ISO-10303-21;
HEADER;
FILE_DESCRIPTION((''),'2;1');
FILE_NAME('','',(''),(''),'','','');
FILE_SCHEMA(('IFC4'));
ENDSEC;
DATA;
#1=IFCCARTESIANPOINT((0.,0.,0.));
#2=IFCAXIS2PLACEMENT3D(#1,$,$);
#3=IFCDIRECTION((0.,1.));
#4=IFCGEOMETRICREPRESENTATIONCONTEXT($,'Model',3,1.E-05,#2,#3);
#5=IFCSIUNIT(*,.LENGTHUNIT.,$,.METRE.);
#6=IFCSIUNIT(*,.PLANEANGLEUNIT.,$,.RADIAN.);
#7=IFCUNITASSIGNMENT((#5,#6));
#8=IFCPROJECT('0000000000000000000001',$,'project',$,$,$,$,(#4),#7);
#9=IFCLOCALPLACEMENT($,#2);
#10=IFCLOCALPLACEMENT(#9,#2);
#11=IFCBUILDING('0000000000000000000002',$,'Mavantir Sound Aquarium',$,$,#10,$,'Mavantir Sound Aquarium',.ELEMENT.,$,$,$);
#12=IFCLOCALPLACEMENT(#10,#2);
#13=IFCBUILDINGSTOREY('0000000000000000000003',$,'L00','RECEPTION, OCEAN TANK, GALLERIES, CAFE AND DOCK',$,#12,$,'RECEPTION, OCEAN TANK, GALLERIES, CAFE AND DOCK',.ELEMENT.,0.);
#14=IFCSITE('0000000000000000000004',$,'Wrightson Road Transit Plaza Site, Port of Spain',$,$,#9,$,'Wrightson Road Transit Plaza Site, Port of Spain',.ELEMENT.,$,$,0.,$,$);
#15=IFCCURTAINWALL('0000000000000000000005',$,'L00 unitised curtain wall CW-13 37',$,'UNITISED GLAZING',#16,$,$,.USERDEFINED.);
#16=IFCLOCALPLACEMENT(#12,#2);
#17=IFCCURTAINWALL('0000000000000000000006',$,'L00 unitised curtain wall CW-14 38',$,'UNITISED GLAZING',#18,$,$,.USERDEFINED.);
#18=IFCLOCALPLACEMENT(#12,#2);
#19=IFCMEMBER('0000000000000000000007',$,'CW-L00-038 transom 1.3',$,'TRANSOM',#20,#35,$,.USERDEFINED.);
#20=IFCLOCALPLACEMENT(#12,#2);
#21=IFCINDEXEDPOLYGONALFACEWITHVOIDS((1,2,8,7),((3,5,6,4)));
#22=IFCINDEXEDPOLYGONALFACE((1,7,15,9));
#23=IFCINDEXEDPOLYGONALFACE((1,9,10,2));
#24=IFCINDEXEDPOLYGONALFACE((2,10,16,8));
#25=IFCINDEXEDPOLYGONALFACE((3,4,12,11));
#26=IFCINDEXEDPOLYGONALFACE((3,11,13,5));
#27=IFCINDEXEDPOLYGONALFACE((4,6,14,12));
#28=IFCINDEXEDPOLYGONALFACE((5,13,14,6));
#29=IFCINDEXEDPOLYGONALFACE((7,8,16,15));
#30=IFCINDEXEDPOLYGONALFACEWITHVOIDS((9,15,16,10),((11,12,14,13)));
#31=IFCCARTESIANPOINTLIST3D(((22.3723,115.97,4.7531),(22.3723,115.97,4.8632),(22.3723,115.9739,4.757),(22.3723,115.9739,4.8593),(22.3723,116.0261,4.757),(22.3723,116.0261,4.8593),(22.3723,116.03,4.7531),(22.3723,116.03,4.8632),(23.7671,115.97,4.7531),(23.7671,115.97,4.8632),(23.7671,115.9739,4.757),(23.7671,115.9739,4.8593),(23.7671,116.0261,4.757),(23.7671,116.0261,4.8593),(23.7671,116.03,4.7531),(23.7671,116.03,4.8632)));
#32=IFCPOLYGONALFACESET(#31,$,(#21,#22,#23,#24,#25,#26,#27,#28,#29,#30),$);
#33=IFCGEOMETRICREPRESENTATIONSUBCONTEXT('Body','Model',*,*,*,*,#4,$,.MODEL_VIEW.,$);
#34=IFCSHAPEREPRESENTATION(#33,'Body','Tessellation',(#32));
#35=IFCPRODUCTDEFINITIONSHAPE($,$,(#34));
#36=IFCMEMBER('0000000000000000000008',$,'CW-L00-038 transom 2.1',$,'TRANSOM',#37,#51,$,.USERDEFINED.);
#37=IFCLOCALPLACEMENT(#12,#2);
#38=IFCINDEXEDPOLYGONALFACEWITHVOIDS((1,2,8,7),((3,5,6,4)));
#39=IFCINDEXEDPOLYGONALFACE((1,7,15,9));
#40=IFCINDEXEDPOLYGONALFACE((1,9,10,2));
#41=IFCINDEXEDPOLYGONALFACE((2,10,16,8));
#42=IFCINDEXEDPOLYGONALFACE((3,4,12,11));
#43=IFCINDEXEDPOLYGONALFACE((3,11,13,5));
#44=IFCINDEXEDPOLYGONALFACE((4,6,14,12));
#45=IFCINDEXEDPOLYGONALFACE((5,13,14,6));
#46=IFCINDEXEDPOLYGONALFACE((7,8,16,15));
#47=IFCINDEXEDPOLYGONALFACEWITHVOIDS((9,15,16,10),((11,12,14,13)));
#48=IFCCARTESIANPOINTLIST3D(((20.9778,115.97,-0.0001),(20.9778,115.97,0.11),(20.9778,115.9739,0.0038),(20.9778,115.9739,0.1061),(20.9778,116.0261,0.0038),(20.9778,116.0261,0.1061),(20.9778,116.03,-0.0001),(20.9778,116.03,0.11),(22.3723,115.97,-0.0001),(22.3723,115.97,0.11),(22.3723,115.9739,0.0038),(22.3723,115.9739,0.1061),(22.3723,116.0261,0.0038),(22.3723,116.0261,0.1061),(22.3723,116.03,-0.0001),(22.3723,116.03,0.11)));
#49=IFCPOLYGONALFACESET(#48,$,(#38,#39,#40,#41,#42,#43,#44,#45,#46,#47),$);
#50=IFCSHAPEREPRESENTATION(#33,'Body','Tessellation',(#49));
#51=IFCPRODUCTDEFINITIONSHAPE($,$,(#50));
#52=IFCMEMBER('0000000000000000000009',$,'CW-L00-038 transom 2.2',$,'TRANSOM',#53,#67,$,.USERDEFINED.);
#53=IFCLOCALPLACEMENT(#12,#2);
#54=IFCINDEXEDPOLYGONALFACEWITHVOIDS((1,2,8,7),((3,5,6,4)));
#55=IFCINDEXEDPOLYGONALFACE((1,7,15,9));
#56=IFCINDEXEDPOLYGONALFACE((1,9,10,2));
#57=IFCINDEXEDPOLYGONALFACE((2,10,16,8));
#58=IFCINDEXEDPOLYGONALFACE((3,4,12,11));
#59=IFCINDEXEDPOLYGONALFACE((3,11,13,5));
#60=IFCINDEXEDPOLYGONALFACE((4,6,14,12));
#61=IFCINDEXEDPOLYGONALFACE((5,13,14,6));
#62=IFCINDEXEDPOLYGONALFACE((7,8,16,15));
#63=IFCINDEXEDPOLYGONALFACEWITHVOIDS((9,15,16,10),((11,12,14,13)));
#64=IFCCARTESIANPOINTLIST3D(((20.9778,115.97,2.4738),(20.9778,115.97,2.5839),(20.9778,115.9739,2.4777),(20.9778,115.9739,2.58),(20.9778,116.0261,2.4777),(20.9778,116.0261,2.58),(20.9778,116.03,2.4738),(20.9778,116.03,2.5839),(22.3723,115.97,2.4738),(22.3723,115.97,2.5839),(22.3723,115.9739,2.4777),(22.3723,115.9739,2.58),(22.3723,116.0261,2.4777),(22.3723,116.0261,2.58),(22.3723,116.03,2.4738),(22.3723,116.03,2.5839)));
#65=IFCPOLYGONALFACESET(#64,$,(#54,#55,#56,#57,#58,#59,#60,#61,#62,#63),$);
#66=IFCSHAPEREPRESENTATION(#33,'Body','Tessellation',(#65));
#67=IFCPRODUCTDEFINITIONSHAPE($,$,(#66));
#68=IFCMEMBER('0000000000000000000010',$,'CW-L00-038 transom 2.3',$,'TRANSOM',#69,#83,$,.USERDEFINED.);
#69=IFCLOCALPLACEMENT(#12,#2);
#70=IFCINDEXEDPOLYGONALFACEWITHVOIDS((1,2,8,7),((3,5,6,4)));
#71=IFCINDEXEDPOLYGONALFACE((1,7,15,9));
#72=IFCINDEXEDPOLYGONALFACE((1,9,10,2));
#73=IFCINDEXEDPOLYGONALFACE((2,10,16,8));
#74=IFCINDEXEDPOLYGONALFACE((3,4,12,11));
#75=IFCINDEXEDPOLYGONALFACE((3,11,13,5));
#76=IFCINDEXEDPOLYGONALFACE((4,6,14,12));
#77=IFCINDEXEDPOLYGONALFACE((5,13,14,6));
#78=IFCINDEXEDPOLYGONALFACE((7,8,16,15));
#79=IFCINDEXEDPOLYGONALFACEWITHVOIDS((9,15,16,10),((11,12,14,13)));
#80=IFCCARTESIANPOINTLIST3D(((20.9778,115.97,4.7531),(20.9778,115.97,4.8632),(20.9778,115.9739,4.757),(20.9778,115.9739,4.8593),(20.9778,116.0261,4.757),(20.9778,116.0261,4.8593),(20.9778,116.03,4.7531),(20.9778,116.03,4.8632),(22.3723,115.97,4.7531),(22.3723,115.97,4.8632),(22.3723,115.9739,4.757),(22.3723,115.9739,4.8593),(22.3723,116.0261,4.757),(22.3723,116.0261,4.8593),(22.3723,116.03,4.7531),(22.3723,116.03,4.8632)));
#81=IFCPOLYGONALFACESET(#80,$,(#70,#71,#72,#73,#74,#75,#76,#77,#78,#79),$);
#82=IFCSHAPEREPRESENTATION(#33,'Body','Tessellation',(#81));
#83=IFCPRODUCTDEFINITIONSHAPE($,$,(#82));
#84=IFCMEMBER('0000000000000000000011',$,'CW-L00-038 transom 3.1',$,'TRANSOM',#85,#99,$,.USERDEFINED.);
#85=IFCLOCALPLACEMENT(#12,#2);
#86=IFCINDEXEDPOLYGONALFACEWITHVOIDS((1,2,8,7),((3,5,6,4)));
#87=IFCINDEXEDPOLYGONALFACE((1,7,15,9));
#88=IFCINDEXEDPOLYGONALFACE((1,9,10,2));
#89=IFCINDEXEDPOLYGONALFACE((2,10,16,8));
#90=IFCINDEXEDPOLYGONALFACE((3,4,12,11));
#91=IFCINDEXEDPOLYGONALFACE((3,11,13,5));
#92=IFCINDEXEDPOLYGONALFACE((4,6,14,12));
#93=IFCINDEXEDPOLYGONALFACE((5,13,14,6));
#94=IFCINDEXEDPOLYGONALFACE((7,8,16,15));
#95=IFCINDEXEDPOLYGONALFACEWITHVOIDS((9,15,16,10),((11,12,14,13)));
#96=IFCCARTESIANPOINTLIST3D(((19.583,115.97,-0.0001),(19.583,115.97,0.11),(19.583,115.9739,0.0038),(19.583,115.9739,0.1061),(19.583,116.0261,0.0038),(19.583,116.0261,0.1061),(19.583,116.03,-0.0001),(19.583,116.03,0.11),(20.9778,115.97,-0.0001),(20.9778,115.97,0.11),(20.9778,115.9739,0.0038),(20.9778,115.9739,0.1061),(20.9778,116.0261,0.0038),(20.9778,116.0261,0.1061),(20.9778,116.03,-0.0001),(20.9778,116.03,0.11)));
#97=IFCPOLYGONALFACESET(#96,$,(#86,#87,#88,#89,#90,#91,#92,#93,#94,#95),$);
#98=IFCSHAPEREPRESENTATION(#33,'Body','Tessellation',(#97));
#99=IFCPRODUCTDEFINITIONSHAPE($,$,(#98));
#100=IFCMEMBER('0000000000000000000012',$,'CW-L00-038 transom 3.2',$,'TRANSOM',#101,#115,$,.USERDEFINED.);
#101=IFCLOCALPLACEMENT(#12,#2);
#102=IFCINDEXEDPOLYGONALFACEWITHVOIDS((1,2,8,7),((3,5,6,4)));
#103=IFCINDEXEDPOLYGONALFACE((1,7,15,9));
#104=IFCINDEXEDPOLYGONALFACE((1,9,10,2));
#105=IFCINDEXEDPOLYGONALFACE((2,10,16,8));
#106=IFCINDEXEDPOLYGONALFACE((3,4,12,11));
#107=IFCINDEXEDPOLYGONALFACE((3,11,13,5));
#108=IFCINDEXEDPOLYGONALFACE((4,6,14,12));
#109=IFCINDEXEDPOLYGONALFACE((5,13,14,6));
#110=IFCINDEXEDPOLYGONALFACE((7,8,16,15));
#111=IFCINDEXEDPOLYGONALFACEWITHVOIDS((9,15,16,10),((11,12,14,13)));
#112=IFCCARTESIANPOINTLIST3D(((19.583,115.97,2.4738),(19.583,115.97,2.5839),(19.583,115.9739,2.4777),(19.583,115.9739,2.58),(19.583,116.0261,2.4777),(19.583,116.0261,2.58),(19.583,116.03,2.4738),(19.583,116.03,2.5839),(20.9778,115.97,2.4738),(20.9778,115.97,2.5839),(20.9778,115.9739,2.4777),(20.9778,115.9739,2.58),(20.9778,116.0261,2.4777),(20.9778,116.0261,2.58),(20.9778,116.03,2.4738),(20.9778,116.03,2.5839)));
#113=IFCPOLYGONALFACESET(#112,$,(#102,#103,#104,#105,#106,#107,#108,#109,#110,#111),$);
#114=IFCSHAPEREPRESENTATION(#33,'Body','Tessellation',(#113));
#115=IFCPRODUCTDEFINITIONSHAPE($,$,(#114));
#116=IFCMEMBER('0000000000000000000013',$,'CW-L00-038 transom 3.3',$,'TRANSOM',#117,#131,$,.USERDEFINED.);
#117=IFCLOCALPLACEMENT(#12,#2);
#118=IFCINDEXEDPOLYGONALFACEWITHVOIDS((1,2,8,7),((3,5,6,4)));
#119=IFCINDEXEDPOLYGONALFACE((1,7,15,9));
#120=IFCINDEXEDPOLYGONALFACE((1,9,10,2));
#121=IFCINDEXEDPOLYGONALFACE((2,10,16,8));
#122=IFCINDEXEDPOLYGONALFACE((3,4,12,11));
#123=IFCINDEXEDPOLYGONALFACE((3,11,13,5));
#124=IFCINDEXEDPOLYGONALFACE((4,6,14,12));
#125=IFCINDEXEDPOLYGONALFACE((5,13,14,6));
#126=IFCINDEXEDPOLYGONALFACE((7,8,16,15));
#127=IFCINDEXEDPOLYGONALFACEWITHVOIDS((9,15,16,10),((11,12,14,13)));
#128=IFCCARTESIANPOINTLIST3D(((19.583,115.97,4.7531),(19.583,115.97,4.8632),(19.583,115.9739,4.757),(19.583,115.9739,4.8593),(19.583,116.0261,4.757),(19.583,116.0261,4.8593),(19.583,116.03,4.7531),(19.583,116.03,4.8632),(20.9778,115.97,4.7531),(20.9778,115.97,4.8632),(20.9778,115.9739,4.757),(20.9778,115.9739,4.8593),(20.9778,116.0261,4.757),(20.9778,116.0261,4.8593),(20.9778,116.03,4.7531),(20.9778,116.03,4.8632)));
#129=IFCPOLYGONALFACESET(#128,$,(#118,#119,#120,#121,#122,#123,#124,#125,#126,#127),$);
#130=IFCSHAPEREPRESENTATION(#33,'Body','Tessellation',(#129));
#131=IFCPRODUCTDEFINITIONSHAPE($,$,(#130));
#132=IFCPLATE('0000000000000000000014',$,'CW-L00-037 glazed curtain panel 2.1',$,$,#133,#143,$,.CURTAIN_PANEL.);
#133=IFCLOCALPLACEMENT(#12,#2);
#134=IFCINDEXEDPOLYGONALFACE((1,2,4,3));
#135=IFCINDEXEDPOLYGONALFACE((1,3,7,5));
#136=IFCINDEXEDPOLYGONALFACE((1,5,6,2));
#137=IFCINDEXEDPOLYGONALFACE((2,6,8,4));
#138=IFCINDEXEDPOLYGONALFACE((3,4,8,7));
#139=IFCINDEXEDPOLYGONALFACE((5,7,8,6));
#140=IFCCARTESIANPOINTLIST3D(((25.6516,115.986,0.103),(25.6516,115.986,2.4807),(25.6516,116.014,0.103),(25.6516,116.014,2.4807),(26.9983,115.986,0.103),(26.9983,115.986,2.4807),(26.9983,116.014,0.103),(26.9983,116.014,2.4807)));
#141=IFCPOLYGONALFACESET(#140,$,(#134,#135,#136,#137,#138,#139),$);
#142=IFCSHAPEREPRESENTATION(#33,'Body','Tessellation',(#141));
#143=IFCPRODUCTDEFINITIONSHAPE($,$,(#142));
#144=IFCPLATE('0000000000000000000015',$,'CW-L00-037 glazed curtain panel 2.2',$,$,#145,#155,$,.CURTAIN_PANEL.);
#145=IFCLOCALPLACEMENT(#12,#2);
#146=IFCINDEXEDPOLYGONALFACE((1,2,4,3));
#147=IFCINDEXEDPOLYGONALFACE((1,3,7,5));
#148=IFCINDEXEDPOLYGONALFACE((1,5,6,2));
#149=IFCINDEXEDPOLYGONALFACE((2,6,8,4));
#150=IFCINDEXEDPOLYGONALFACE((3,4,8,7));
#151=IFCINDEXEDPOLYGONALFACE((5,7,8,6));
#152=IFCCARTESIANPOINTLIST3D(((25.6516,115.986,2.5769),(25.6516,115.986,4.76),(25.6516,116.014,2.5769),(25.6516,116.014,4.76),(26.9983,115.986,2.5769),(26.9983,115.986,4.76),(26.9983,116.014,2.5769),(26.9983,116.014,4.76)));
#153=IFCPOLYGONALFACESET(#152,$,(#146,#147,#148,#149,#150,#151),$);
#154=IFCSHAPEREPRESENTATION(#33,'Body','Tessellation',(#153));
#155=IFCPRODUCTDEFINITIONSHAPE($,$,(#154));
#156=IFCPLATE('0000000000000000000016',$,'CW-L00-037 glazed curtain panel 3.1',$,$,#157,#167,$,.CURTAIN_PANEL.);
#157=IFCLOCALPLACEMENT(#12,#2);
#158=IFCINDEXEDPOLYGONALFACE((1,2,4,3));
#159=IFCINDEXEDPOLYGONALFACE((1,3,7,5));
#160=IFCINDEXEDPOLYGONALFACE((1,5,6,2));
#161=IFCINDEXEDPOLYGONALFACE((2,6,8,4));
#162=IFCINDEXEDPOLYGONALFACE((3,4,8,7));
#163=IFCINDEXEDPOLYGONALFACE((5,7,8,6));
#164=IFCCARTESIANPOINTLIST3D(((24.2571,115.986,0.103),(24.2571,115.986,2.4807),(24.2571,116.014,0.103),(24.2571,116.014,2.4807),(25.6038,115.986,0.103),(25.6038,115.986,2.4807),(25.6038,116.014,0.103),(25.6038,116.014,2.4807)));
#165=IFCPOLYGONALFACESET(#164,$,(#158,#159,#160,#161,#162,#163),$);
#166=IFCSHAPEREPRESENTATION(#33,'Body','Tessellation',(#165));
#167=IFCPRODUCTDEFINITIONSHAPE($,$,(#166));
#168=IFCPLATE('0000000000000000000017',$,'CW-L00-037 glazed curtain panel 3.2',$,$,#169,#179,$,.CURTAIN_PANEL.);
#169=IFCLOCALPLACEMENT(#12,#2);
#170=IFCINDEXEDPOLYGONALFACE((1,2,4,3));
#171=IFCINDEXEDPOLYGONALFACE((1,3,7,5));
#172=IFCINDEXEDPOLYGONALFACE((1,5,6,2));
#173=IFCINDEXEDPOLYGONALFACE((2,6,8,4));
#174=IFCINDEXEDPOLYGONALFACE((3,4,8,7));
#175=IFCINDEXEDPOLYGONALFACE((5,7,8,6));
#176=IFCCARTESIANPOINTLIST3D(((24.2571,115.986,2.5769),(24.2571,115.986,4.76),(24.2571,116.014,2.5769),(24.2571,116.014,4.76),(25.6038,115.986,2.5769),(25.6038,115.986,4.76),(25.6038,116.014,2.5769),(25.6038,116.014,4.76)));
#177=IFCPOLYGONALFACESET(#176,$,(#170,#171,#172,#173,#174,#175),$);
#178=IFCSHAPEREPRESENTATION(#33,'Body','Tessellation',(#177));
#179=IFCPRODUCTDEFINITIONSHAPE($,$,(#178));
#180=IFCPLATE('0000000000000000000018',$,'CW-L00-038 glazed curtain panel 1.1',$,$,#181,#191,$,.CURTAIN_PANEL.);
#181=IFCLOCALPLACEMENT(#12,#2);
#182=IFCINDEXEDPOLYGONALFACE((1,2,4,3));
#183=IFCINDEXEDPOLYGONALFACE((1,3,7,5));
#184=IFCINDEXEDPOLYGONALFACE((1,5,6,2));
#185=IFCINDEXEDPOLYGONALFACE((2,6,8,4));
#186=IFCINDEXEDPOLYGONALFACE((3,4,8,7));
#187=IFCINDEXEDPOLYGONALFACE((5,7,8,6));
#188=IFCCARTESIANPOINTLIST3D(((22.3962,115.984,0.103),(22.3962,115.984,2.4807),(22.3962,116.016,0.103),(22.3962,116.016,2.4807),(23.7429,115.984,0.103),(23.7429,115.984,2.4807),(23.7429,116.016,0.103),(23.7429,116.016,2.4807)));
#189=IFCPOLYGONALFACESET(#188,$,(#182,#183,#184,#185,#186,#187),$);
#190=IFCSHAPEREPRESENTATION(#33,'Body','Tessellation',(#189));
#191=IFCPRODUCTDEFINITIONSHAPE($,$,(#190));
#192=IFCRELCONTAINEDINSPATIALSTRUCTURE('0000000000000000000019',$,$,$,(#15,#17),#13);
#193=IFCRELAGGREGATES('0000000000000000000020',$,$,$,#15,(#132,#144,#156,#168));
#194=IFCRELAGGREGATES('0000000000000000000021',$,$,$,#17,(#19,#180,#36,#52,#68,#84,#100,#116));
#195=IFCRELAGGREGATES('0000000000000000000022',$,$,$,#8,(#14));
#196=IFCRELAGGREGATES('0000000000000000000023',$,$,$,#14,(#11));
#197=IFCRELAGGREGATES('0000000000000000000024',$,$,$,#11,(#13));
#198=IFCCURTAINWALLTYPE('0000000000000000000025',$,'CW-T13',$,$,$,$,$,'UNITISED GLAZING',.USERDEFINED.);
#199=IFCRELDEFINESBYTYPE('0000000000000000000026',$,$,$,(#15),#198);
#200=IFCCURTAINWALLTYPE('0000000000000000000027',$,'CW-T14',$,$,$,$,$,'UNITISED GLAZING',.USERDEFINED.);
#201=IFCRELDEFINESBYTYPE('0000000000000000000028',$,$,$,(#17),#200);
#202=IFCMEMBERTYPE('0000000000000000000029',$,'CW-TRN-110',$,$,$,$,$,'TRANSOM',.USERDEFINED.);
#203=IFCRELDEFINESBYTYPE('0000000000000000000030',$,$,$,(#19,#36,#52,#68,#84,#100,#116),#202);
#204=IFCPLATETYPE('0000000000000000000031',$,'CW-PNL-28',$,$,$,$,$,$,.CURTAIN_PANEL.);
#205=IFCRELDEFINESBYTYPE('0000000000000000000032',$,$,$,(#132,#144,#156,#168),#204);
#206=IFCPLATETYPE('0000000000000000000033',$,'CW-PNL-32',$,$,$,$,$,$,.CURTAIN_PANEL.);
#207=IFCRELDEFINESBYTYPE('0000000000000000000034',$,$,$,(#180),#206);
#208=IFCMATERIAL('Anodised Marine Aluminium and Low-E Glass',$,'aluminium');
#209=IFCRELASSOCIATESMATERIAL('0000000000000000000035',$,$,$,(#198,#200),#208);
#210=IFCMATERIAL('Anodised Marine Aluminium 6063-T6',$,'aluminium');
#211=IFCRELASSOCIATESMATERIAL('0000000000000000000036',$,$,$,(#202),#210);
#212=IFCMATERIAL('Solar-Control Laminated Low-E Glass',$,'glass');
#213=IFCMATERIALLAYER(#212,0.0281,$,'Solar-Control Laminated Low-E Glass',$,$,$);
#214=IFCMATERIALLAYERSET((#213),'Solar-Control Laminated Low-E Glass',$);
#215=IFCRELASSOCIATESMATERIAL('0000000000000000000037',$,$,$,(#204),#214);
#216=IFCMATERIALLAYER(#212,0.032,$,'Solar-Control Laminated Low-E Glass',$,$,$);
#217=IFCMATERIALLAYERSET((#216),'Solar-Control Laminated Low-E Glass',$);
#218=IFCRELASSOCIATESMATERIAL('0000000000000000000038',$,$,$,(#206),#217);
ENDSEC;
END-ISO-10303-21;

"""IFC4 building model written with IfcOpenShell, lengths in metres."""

from ifc_helpers import new_model, si_unit, direction, frame, origin, origin_2d, place, context, subcontext, project, spatial, rectangle, hollow_rectangle, extrude, material, layer, layer_set, material_profile, profile_set, type_object, element, aggregate, save


model = new_model("IFC4")

# Units and contexts
model_context = context("Model", 3, precision=1e-05, world=origin(), true_north=direction((0.0, 1.0)))
body_context = subcontext(model_context, "Body", "Model", "MODEL_VIEW")
ifc_project = project(units=[si_unit("LENGTHUNIT", "METRE"), si_unit("PLANEANGLEUNIT", "RADIAN")], contexts=[model_context])

# Site, building, storey
site_placement = place(None, origin())
site = spatial("IfcSite", under=ifc_project, at=site_placement, Name="Wrightson Road Transit Plaza Site, Port of Spain", LongName="Wrightson Road Transit Plaza Site, Port of Spain", CompositionType="ELEMENT", RefElevation=0.0)
building_placement = place(site_placement, origin())
building = spatial("IfcBuilding", under=site, at=building_placement, Name="Mavantir Sound Aquarium", LongName="Mavantir Sound Aquarium", CompositionType="ELEMENT")
storey_placement = place(building_placement, origin())
storey = spatial("IfcBuildingStorey", under=building, at=storey_placement, Name="L00", Description="RECEPTION, OCEAN TANK, GALLERIES, CAFE AND DOCK", LongName="RECEPTION, OCEAN TANK, GALLERIES, CAFE AND DOCK", CompositionType="ELEMENT", Elevation=0.0)

# Curtain walls
ifc_material_1 = material(Name="Anodised Marine Aluminium and Low-E Glass", Category="aluminium")
curtain_wall_type_1 = type_object("IfcCurtainWallType", Name="CW-T13", ElementType="UNITISED GLAZING", PredefinedType="USERDEFINED", material=ifc_material_1)
curtain_wall_1_placement = place(storey_placement, origin())
curtain_wall_1 = element("IfcCurtainWall", 1, at=curtain_wall_1_placement, inside=storey, type_object=curtain_wall_type_1, Name="L00 unitised curtain wall CW-13 37", ObjectType="UNITISED GLAZING", PredefinedType="USERDEFINED")
ifc_material_2 = material(Name="Anodised Marine Aluminium 6063-T6", Category="aluminium")
curtain_wall_type_2 = type_object("IfcCurtainWallType", Name="CW-T14", ElementType="UNITISED GLAZING", PredefinedType="USERDEFINED", material=ifc_material_1)
curtain_wall_2_placement = place(storey_placement, origin())
curtain_wall_2 = element("IfcCurtainWall", 2, at=curtain_wall_2_placement, inside=storey, type_object=curtain_wall_type_2, Name="L00 unitised curtain wall CW-14 38", ObjectType="UNITISED GLAZING", PredefinedType="USERDEFINED")

# Members
ifc_material_profile_1 = material_profile(ifc_material_2, hollow_rectangle(XDim=0.0601, YDim=0.1101, WallThickness=0.0039, at=origin_2d()), Name="ALU-TRANSOM-110X60")
ifc_profile_set_1 = profile_set([ifc_material_profile_1], Name="Anodised Marine Aluminium 6063-T6")
member_type_1 = type_object("IfcMemberType", Name="CW-TRN-110", ElementType="TRANSOM", PredefinedType="USERDEFINED", material=ifc_profile_set_1)
member_1_placement = place(storey_placement, frame((23.7671, 116.0, 4.8081), z_axis=(-1.0, 0.0, 0.0), x_axis=(0.0, -1.0, 0.0)))
member_1 = element("IfcMember", 3, at=member_1_placement, type_object=member_type_1, Name="CW-L00-038 transom 1.3", ObjectType="TRANSOM", PredefinedType="USERDEFINED", context=body_context, shape_type="SweptSolid", body=[
    extrude(hollow_rectangle(XDim=0.0601, YDim=0.1101, WallThickness=0.0039, at=origin_2d()), origin(), (0.0, 0.0, 1.0), 1.3948),
])
member_2_placement = place(storey_placement, frame((22.3723, 116.0, 0.0549), z_axis=(-1.0, 0.0, 0.0), x_axis=(0.0, -1.0, 0.0)))
member_2 = element("IfcMember", 4, at=member_2_placement, type_object=member_type_1, Name="CW-L00-038 transom 2.1", ObjectType="TRANSOM", PredefinedType="USERDEFINED", context=body_context, shape_type="SweptSolid", body=[
    extrude(hollow_rectangle(XDim=0.0601, YDim=0.1101, WallThickness=0.0039, at=origin_2d()), origin(), (0.0, 0.0, 1.0), 1.3945),
])
member_3_placement = place(storey_placement, frame((22.3723, 116.0, 2.5288), z_axis=(-1.0, 0.0, 0.0), x_axis=(0.0, -1.0, 0.0)))
member_3 = element("IfcMember", 5, at=member_3_placement, type_object=member_type_1, Name="CW-L00-038 transom 2.2", ObjectType="TRANSOM", PredefinedType="USERDEFINED", context=body_context, shape_type="SweptSolid", body=[
    extrude(hollow_rectangle(XDim=0.0601, YDim=0.1101, WallThickness=0.0039, at=origin_2d()), origin(), (0.0, 0.0, 1.0), 1.3945),
])
member_4_placement = place(storey_placement, frame((22.3723, 116.0, 4.8081), z_axis=(-1.0, 0.0, 0.0), x_axis=(0.0, -1.0, 0.0)))
member_4 = element("IfcMember", 6, at=member_4_placement, type_object=member_type_1, Name="CW-L00-038 transom 2.3", ObjectType="TRANSOM", PredefinedType="USERDEFINED", context=body_context, shape_type="SweptSolid", body=[
    extrude(hollow_rectangle(XDim=0.0601, YDim=0.1101, WallThickness=0.0039, at=origin_2d()), origin(), (0.0, 0.0, 1.0), 1.3945),
])
member_5_placement = place(storey_placement, frame((20.9778, 116.0, 0.0549), z_axis=(-1.0, 0.0, 0.0), x_axis=(0.0, -1.0, 0.0)))
member_5 = element("IfcMember", 7, at=member_5_placement, type_object=member_type_1, Name="CW-L00-038 transom 3.1", ObjectType="TRANSOM", PredefinedType="USERDEFINED", context=body_context, shape_type="SweptSolid", body=[
    extrude(hollow_rectangle(XDim=0.0601, YDim=0.1101, WallThickness=0.0039, at=origin_2d()), origin(), (0.0, 0.0, 1.0), 1.3948),
])
member_6_placement = place(storey_placement, frame((20.9778, 116.0, 2.5288), z_axis=(-1.0, 0.0, 0.0), x_axis=(0.0, -1.0, 0.0)))
member_6 = element("IfcMember", 8, at=member_6_placement, type_object=member_type_1, Name="CW-L00-038 transom 3.2", ObjectType="TRANSOM", PredefinedType="USERDEFINED", context=body_context, shape_type="SweptSolid", body=[
    extrude(hollow_rectangle(XDim=0.0601, YDim=0.1101, WallThickness=0.0039, at=origin_2d()), origin(), (0.0, 0.0, 1.0), 1.3948),
])
member_7_placement = place(storey_placement, frame((20.9778, 116.0, 4.8081), z_axis=(-1.0, 0.0, 0.0), x_axis=(0.0, -1.0, 0.0)))
member_7 = element("IfcMember", 9, at=member_7_placement, type_object=member_type_1, Name="CW-L00-038 transom 3.3", ObjectType="TRANSOM", PredefinedType="USERDEFINED", context=body_context, shape_type="SweptSolid", body=[
    extrude(hollow_rectangle(XDim=0.0601, YDim=0.1101, WallThickness=0.0039, at=origin_2d()), origin(), (0.0, 0.0, 1.0), 1.3948),
])

# Plates
ifc_material_3 = material(Name="Solar-Control Laminated Low-E Glass", Category="glass")
ifc_layer_1 = layer(ifc_material_3, 0.0281, Name="Solar-Control Laminated Low-E Glass")
ifc_layer_set_1 = layer_set([ifc_layer_1], Name="Solar-Control Laminated Low-E Glass")
plate_type_1 = type_object("IfcPlateType", Name="CW-PNL-28", PredefinedType="CURTAIN_PANEL", material=ifc_layer_set_1)
plate_1_placement = place(storey_placement, frame((26.325, 116.0, 0.103), z_axis=(0.0, 0.0, 1.0), x_axis=(-1.0, 0.0, 0.0)))
plate_1 = element("IfcPlate", 10, at=plate_1_placement, type_object=plate_type_1, Name="CW-L00-037 glazed curtain panel 2.1", PredefinedType="CURTAIN_PANEL", context=body_context, shape_type="SweptSolid", body=[
    extrude(rectangle(XDim=1.3467, YDim=0.0281, at=origin_2d()), origin(), (0.0, 0.0, 1.0), 2.3777),
])
plate_2_placement = place(storey_placement, frame((26.325, 116.0, 2.5769), z_axis=(0.0, 0.0, 1.0), x_axis=(-1.0, 0.0, 0.0)))
plate_2 = element("IfcPlate", 11, at=plate_2_placement, type_object=plate_type_1, Name="CW-L00-037 glazed curtain panel 2.2", PredefinedType="CURTAIN_PANEL", context=body_context, shape_type="SweptSolid", body=[
    extrude(rectangle(XDim=1.3467, YDim=0.0281, at=origin_2d()), origin(), (0.0, 0.0, 1.0), 2.1831),
])
plate_3_placement = place(storey_placement, frame((24.9304, 116.0, 0.103), z_axis=(0.0, 0.0, 1.0), x_axis=(-1.0, 0.0, 0.0)))
plate_3 = element("IfcPlate", 12, at=plate_3_placement, type_object=plate_type_1, Name="CW-L00-037 glazed curtain panel 3.1", PredefinedType="CURTAIN_PANEL", context=body_context, shape_type="SweptSolid", body=[
    extrude(rectangle(XDim=1.3467, YDim=0.0281, at=origin_2d()), origin(), (0.0, 0.0, 1.0), 2.3777),
])
plate_4_placement = place(storey_placement, frame((24.9304, 116.0, 2.5769), z_axis=(0.0, 0.0, 1.0), x_axis=(-1.0, 0.0, 0.0)))
plate_4 = element("IfcPlate", 13, at=plate_4_placement, type_object=plate_type_1, Name="CW-L00-037 glazed curtain panel 3.2", PredefinedType="CURTAIN_PANEL", context=body_context, shape_type="SweptSolid", body=[
    extrude(rectangle(XDim=1.3467, YDim=0.0281, at=origin_2d()), origin(), (0.0, 0.0, 1.0), 2.1831),
])
aggregate(curtain_wall_1, [plate_1, plate_2, plate_3, plate_4])
ifc_layer_2 = layer(ifc_material_3, 0.032, Name="Solar-Control Laminated Low-E Glass")
ifc_layer_set_2 = layer_set([ifc_layer_2], Name="Solar-Control Laminated Low-E Glass")
plate_type_2 = type_object("IfcPlateType", Name="CW-PNL-32", PredefinedType="CURTAIN_PANEL", material=ifc_layer_set_2)
plate_5_placement = place(storey_placement, frame((23.0696, 116.0, 0.103), z_axis=(0.0, 0.0, 1.0), x_axis=(-1.0, 0.0, 0.0)))
plate_5 = element("IfcPlate", 14, at=plate_5_placement, type_object=plate_type_2, Name="CW-L00-038 glazed curtain panel 1.1", PredefinedType="CURTAIN_PANEL", context=body_context, shape_type="SweptSolid", body=[
    extrude(rectangle(XDim=1.3467, YDim=0.032, at=origin_2d()), origin(), (0.0, 0.0, 1.0), 2.3777),
])
aggregate(curtain_wall_2, [member_1, plate_5, member_2, member_3, member_4, member_5, member_6, member_7])

save(model, "model.ifc")
